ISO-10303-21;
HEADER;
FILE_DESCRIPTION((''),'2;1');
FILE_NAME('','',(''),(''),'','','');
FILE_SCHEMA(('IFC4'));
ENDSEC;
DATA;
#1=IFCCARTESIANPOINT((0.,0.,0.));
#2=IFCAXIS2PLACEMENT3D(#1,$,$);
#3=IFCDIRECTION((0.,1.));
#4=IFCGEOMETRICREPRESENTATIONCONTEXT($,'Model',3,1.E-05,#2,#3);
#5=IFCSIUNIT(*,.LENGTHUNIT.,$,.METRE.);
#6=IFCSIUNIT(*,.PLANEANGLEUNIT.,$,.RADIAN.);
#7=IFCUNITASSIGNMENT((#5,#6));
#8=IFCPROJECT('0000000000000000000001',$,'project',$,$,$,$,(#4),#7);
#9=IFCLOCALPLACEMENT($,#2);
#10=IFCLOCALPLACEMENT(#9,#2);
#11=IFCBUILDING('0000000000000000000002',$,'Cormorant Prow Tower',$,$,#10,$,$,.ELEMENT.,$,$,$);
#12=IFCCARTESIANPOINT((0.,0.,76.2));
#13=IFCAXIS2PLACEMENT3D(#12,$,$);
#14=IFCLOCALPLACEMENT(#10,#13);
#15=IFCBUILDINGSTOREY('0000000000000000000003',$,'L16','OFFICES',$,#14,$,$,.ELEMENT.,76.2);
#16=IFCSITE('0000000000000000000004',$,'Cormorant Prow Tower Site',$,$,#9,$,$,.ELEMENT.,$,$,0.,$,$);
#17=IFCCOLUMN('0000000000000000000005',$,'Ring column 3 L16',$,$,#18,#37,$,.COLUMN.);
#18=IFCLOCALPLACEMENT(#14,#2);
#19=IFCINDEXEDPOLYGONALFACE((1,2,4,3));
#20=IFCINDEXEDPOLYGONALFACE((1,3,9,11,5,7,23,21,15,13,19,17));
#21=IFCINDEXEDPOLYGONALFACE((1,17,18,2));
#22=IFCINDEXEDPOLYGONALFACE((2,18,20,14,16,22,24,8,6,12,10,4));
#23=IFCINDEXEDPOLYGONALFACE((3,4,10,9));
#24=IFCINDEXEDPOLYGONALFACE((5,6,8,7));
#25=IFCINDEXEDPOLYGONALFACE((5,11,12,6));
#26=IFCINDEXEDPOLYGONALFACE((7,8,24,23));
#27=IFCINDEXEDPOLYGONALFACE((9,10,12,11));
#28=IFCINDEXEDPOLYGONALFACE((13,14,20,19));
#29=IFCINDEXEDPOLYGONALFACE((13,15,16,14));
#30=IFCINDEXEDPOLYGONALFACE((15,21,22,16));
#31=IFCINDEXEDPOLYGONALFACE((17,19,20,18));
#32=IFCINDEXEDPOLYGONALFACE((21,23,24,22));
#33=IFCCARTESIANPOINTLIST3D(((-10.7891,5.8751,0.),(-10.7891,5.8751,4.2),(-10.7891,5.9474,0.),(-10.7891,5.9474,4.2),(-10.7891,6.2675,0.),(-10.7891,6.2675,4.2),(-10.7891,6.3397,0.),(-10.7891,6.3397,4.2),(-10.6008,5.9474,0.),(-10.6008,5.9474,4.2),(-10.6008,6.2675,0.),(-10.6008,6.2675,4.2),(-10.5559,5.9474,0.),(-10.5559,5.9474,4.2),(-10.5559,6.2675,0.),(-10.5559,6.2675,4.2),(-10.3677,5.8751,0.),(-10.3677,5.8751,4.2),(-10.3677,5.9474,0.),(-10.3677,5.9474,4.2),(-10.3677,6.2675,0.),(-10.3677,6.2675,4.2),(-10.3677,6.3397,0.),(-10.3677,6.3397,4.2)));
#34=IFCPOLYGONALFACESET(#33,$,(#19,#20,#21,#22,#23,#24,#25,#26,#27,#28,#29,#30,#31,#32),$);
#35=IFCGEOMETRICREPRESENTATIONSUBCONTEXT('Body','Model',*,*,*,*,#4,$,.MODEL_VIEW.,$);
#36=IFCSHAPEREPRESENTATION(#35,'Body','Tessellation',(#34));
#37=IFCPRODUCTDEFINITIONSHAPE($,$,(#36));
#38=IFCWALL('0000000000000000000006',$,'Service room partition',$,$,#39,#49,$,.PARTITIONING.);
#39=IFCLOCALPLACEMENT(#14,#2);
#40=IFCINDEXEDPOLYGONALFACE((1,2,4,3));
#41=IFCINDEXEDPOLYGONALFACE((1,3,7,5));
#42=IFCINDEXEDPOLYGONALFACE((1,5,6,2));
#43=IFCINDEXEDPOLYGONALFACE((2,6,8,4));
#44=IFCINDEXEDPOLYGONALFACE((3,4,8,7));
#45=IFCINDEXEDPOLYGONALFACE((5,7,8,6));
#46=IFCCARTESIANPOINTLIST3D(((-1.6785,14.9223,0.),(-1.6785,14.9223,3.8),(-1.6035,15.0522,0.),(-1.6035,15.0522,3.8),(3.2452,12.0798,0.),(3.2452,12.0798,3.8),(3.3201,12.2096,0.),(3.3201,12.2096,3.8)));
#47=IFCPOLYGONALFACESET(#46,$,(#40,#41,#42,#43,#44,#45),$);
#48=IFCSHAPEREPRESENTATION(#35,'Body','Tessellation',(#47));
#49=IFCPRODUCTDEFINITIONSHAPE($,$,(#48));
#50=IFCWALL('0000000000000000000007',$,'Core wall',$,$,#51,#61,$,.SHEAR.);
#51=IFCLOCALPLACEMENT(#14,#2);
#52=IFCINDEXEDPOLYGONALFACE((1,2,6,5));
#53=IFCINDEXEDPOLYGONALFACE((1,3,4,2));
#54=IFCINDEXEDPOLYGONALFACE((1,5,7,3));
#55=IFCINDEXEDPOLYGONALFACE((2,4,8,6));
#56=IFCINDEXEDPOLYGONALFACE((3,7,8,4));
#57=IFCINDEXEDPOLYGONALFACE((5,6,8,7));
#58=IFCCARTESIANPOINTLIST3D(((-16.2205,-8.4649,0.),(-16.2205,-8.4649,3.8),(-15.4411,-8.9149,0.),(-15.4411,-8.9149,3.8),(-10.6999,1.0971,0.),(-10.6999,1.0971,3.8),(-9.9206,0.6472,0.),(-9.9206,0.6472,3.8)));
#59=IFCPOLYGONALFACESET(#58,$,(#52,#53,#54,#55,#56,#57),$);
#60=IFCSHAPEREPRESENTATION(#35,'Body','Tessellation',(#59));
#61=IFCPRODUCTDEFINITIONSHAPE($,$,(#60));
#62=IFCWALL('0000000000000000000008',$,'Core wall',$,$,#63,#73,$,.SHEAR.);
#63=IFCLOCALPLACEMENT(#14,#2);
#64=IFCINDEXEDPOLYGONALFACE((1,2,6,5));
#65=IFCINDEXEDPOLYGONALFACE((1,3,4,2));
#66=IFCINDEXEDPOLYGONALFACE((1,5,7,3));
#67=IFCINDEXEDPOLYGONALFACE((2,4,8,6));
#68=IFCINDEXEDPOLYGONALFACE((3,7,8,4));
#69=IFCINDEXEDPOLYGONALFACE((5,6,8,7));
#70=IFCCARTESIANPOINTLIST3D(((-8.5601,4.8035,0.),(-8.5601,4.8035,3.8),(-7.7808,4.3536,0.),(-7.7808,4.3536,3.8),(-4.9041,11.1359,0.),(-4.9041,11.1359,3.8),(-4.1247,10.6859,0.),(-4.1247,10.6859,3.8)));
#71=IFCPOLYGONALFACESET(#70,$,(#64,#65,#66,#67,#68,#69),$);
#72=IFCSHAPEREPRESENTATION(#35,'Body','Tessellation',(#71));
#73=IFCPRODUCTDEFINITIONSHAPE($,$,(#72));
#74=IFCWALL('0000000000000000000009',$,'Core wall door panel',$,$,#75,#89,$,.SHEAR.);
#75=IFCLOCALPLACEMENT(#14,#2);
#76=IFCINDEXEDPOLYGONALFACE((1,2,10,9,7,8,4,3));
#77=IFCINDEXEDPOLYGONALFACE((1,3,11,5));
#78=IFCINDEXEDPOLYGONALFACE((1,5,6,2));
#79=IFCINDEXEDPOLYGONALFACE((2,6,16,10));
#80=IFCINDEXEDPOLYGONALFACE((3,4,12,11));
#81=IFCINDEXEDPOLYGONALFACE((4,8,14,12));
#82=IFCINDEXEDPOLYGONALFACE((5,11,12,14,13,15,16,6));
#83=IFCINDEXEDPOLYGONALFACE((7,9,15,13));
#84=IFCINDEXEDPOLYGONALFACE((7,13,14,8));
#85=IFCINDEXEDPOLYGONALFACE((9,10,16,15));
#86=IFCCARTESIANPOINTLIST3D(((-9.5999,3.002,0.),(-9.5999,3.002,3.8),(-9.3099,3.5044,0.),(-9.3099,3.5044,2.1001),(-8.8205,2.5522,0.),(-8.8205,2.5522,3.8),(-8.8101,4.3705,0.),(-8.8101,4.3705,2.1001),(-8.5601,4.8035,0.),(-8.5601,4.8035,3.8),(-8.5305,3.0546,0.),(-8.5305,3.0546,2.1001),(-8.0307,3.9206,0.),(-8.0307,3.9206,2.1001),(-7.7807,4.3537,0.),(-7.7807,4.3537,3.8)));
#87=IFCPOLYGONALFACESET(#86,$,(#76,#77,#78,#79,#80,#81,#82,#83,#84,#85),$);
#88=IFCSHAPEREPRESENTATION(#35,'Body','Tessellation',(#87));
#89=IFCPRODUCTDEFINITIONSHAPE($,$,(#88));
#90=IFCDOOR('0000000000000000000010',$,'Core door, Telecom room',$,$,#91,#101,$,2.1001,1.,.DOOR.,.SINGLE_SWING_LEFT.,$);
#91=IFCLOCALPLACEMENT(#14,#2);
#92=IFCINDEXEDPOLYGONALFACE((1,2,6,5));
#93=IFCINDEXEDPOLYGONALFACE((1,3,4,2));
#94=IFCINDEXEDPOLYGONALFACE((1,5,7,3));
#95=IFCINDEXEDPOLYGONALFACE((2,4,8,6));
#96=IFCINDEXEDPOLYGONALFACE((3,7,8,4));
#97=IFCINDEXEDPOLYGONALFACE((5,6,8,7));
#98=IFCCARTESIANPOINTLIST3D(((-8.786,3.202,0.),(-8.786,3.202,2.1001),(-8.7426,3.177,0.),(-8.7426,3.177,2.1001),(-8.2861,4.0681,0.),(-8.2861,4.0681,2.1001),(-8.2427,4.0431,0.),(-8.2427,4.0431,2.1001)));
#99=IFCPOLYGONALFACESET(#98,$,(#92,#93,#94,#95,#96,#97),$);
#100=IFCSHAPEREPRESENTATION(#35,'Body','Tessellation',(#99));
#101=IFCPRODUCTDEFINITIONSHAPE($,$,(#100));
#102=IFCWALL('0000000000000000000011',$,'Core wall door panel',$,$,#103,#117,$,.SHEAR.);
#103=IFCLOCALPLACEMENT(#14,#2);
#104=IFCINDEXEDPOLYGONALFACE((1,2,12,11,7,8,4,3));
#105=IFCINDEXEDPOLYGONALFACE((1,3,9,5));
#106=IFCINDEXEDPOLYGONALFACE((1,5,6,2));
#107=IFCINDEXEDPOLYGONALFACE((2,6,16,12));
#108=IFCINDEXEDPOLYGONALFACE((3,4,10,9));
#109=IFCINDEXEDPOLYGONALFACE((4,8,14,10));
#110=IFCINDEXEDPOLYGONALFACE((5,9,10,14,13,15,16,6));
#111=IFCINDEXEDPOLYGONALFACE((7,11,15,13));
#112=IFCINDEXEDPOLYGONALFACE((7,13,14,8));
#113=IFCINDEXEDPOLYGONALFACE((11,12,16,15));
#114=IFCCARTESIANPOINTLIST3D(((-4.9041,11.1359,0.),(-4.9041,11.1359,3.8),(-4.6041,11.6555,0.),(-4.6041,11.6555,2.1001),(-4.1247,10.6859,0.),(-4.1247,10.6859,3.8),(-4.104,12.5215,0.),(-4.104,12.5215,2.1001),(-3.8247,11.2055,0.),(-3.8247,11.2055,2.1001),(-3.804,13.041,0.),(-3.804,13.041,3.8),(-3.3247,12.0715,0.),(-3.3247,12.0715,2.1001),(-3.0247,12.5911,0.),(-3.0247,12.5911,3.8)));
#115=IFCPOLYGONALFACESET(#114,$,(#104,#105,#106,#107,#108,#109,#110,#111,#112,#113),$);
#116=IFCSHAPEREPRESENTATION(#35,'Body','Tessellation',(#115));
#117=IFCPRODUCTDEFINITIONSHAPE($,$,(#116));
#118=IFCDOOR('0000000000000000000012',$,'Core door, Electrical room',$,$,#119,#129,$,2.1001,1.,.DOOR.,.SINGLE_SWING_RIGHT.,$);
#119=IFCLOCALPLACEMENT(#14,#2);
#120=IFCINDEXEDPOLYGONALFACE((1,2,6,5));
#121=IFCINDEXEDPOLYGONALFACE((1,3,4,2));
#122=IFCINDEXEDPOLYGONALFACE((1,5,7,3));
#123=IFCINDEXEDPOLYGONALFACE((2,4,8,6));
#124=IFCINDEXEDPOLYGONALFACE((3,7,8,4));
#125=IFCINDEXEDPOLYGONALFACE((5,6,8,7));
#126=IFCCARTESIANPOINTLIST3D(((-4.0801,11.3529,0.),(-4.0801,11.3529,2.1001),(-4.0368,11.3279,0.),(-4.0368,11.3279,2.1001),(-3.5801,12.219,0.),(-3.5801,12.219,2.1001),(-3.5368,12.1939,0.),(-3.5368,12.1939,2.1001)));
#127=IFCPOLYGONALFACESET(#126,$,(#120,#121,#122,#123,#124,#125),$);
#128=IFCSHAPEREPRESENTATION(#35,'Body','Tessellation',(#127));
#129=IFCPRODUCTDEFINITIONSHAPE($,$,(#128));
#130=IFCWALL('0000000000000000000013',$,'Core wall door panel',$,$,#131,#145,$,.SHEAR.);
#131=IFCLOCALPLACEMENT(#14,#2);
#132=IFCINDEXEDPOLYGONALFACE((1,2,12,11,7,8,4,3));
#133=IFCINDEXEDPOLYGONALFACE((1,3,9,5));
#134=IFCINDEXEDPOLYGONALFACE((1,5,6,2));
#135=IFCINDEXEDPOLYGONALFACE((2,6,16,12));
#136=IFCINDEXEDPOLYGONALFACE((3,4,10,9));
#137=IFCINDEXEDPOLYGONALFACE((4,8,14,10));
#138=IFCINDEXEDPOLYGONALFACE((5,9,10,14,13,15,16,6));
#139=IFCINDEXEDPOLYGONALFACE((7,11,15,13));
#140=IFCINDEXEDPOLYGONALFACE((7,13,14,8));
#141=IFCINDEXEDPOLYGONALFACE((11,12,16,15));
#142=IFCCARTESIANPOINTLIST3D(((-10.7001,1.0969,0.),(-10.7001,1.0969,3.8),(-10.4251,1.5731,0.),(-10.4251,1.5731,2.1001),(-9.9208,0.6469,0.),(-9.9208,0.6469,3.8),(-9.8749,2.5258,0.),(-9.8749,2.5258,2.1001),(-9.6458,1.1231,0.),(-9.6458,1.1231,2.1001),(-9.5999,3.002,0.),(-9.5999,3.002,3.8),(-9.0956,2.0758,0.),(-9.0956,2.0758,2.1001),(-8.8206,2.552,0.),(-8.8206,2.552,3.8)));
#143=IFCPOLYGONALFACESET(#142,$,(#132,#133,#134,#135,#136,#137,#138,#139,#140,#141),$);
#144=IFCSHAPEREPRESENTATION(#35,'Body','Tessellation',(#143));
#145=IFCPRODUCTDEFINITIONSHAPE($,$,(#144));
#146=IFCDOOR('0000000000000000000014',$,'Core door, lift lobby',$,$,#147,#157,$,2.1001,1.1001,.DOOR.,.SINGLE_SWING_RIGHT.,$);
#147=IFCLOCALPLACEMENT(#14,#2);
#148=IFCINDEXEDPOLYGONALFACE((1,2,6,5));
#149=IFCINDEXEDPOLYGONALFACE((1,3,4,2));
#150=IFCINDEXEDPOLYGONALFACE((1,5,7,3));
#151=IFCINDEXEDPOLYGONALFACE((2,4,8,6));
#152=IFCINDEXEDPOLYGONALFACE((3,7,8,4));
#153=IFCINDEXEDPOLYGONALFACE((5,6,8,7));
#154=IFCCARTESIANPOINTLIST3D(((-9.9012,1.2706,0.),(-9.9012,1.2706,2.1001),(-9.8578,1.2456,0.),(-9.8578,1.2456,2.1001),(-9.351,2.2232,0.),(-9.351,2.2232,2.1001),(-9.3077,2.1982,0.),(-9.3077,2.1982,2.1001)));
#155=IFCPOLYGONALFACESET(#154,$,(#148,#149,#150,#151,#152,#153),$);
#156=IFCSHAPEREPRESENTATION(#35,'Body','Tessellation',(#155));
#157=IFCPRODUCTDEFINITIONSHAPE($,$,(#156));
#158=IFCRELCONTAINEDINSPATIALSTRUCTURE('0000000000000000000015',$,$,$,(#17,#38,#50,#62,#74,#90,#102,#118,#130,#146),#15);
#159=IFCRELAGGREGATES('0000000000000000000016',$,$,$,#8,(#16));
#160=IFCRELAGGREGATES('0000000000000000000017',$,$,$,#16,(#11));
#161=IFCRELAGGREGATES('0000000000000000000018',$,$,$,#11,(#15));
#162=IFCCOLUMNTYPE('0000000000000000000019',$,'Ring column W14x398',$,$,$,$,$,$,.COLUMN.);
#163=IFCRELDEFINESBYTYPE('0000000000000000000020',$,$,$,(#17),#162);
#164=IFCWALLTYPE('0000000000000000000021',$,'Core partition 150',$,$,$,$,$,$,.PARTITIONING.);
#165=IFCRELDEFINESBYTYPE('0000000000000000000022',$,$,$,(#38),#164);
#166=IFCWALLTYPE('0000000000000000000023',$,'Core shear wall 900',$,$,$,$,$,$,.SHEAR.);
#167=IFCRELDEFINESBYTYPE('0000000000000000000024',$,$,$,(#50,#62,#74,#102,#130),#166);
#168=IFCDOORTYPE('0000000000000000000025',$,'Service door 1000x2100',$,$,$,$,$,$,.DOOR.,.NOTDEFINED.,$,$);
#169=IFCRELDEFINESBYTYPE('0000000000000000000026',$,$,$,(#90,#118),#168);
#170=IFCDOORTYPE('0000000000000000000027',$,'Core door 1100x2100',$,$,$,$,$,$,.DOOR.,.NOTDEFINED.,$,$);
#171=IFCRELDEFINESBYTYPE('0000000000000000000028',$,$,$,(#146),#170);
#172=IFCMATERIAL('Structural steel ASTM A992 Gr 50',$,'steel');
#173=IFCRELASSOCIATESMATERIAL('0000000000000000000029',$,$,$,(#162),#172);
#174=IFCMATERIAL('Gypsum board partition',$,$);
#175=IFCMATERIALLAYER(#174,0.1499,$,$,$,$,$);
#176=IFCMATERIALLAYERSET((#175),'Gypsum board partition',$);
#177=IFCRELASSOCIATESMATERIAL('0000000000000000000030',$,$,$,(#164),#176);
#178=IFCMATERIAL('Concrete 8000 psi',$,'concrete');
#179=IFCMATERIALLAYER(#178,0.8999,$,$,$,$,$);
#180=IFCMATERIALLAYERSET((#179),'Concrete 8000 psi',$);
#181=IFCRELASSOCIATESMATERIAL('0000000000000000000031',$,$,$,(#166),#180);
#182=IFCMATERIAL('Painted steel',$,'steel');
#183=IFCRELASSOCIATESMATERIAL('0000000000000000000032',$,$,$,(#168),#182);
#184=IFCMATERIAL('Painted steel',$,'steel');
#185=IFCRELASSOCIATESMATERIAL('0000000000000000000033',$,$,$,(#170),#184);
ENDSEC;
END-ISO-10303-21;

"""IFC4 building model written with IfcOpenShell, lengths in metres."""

from ifc_helpers import new_model, si_unit, direction, frame, frame_2d, origin, origin_2d, place, context, subcontext, project, spatial, rectangle, i_section, extrude, material, layer, layer_set, material_profile, profile_set, type_object, element, fill, save


model = new_model("IFC4")

# Units and contexts
model_context = context("Model", 3, precision=1e-05, world=origin(), true_north=direction((0.0, 1.0)))
body_context = subcontext(model_context, "Body", "Model", "MODEL_VIEW")
ifc_project = project(units=[si_unit("LENGTHUNIT", "METRE"), si_unit("PLANEANGLEUNIT", "RADIAN")], contexts=[model_context])

# Site, building, storey
site_placement = place(None, origin())
site = spatial("IfcSite", under=ifc_project, at=site_placement, Name="Cormorant Prow Tower Site", CompositionType="ELEMENT", RefElevation=0.0)
building_placement = place(site_placement, origin())
building = spatial("IfcBuilding", under=site, at=building_placement, Name="Cormorant Prow Tower", CompositionType="ELEMENT")
storey_placement = place(building_placement, frame((0.0, 0.0, 76.2)))
storey = spatial("IfcBuildingStorey", under=building, at=storey_placement, Name="L16", Description="OFFICES", CompositionType="ELEMENT", Elevation=76.2)

# Column
ifc_material_1 = material(Name="Structural steel ASTM A992 Gr 50", Category="steel")
ifc_material_profile = material_profile(ifc_material_1, i_section(OverallWidth=0.4214, OverallDepth=0.4646, WebThickness=0.0449, FlangeThickness=0.0723, at=origin_2d()), Name="W14x398")
ifc_profile_set = profile_set([ifc_material_profile], Name="Structural steel ASTM A992 Gr 50")
column_type = type_object("IfcColumnType", Name="Ring column W14x398", PredefinedType="COLUMN", material=ifc_profile_set)
column_placement = place(storey_placement, frame((-10.5784, 6.1074, 0.0), z_axis=(0.0, 0.0, 1.0), x_axis=(1.0, 0.0, 0.0)))
element("IfcColumn", 1, at=column_placement, inside=storey, type_object=column_type, Name="Ring column 3 L16", PredefinedType="COLUMN", context=body_context, shape_type="SweptSolid", body=[
    extrude(i_section(OverallWidth=0.4214, OverallDepth=0.4646, WebThickness=0.0449, FlangeThickness=0.0723, at=origin_2d()), origin(), (0.0, 0.0, 1.0), 4.2),
])

# Walls
ifc_material_2 = material(Name="Gypsum board partition")
ifc_layer_1 = layer(ifc_material_2, 0.1499)
ifc_layer_set_1 = layer_set([ifc_layer_1], Name="Gypsum board partition")
wall_type_1 = type_object("IfcWallType", Name="Core partition 150", PredefinedType="PARTITIONING", material=ifc_layer_set_1)
wall_1_placement = place(storey_placement, frame((-1.6411, 14.9873, 0.0), z_axis=(0.0, 0.0, 1.0), x_axis=(0.866033, -0.499986, 0.0)))
element("IfcWall", 2, at=wall_1_placement, inside=storey, type_object=wall_type_1, Name="Service room partition", PredefinedType="PARTITIONING", context=body_context, shape_type="SweptSolid", body=[
    extrude(rectangle(XDim=5.6853, YDim=0.1499, at=frame_2d((2.8428, 0.0))), origin(), (0.0, 0.0, 1.0), 3.8),
])
ifc_material_3 = material(Name="Concrete 8000 psi", Category="concrete")
ifc_layer_2 = layer(ifc_material_3, 0.8999)
ifc_layer_set_2 = layer_set([ifc_layer_2], Name="Concrete 8000 psi")
wall_type_2 = type_object("IfcWallType", Name="Core shear wall 900", PredefinedType="SHEAR", material=ifc_layer_set_2)
wall_2_placement = place(storey_placement, frame((-10.3103, 0.8721, 0.0), z_axis=(0.0, 0.0, 1.0), x_axis=(-0.499992, -0.86603, 0.0)))
element("IfcWall", 3, at=wall_2_placement, inside=storey, type_object=wall_type_2, Name="Core wall", PredefinedType="SHEAR", context=body_context, shape_type="SweptSolid", body=[
    extrude(rectangle(XDim=11.0413, YDim=0.8999, at=frame_2d((5.5205, 0.0))), origin(), (0.0, 0.0, 1.0), 3.8),
])
wall_3_placement = place(storey_placement, frame((-4.5144, 10.9109, 0.0), z_axis=(0.0, 0.0, 1.0), x_axis=(-0.500007, -0.866022, 0.0)))
element("IfcWall", 4, at=wall_3_placement, inside=storey, type_object=wall_type_2, Name="Core wall", PredefinedType="SHEAR", context=body_context, shape_type="SweptSolid", body=[
    extrude(rectangle(XDim=7.312, YDim=0.8999, at=frame_2d((3.656, 0.0))), origin(), (0.0, 0.0, 1.0), 3.8),
])

# Walls, openings, doors
wall_4_placement = place(storey_placement, frame((-8.1704, 4.5786, 0.0), z_axis=(0.0, 0.0, 1.0), x_axis=(-0.499888, -0.86609, 0.0)))
wall_4 = element("IfcWall", 5, at=wall_4_placement, inside=storey, type_object=wall_type_2, Name="Core wall door panel", PredefinedType="SHEAR", context=body_context, shape_type="SweptSolid", body=[
    extrude(rectangle(XDim=2.0801, YDim=0.8999, at=frame_2d((1.04, 0.0))), origin(), (0.0, 0.0, 1.0), 3.8),
])
opening_1_placement = place(wall_4_placement, frame((0.5, 0.0, 0.0)))
opening_1 = element("IfcOpeningElement", 6, at=opening_1_placement, cuts=wall_4, PredefinedType="OPENING", context=body_context, shape_type="SweptSolid", body=[
    extrude(rectangle(XDim=1.0, YDim=2.1001, at=frame_2d((0.5, 1.05))), frame((0.0, 0.46, 0.0), z_axis=(0.0, -1.0, 0.0), x_axis=(1.0, 0.0, 0.0)), (0.0, 0.0, 1.0), 0.9199),
])
ifc_material_4 = material(Name="Painted steel", Category="steel")
door_type_1 = type_object("IfcDoorType", Name="Service door 1000x2100", OperationType="NOTDEFINED", PredefinedType="DOOR", material=ifc_material_4)
door_1_placement = place(opening_1_placement, origin())
door_1 = element("IfcDoor", 7, at=door_1_placement, inside=storey, type_object=door_type_1, Name="Core door, Telecom room", OperationType="SINGLE_SWING_LEFT", OverallHeight=2.1001, OverallWidth=1.0, PredefinedType="DOOR", context=body_context, shape_type="SweptSolid", body=[
    extrude(rectangle(XDim=1.0, YDim=2.1001, at=frame_2d((0.5, 1.05))), frame((0.0, 0.2051, 0.0), z_axis=(0.0, -1.0, 0.0), x_axis=(1.0, 0.0, 0.0)), (0.0, 0.0, 1.0), 0.05),
])
fill(opening_1, door_1)
wall_5_placement = place(storey_placement, frame((-3.4143, 12.8162, 0.0), z_axis=(0.0, 0.0, 1.0), x_axis=(-0.50003, -0.866008, 0.0)))
wall_5 = element("IfcWall", 8, at=wall_5_placement, inside=storey, type_object=wall_type_2, Name="Core wall door panel", PredefinedType="SHEAR", context=body_context, shape_type="SweptSolid", body=[
    extrude(rectangle(XDim=2.2, YDim=0.8999, at=frame_2d((1.1001, 0.0))), origin(), (0.0, 0.0, 1.0), 3.8),
])
opening_2_placement = place(wall_5_placement, frame((0.6001, 0.0, 0.0)))
opening_2 = element("IfcOpeningElement", 9, at=opening_2_placement, cuts=wall_5, PredefinedType="OPENING", context=body_context, shape_type="SweptSolid", body=[
    extrude(rectangle(XDim=1.0, YDim=2.1001, at=frame_2d((0.5, 1.05))), frame((0.0, 0.46, 0.0), z_axis=(0.0, -1.0, 0.0), x_axis=(1.0, 0.0, 0.0)), (0.0, 0.0, 1.0), 0.9199),
])
door_2_placement = place(opening_2_placement, origin())
door_2 = element("IfcDoor", 10, at=door_2_placement, inside=storey, type_object=door_type_1, Name="Core door, Electrical room", OperationType="SINGLE_SWING_RIGHT", OverallHeight=2.1001, OverallWidth=1.0, PredefinedType="DOOR", context=body_context, shape_type="SweptSolid", body=[
    extrude(rectangle(XDim=1.0, YDim=2.1001, at=frame_2d((0.5, 1.05))), frame((0.0, 0.2051, 0.0), z_axis=(0.0, -1.0, 0.0), x_axis=(1.0, 0.0, 0.0)), (0.0, 0.0, 1.0), 0.05),
])
fill(opening_2, door_2)
wall_6_placement = place(storey_placement, frame((-9.2102, 2.7771, 0.0), z_axis=(0.0, 0.0, 1.0), x_axis=(-0.500078, -0.86598, 0.0)))
wall_6 = element("IfcWall", 11, at=wall_6_placement, inside=storey, type_object=wall_type_2, Name="Core wall door panel", PredefinedType="SHEAR", context=body_context, shape_type="SweptSolid", body=[
    extrude(rectangle(XDim=2.2, YDim=0.8999, at=frame_2d((1.1001, 0.0))), origin(), (0.0, 0.0, 1.0), 3.8),
])
opening_3_placement = place(wall_6_placement, frame((0.55, 0.0, 0.0)))
opening_3 = element("IfcOpeningElement", 12, at=opening_3_placement, cuts=wall_6, PredefinedType="OPENING", context=body_context, shape_type="SweptSolid", body=[
    extrude(rectangle(XDim=1.1001, YDim=2.1001, at=frame_2d((0.55, 1.05))), frame((0.0, 0.46, 0.0), z_axis=(0.0, -1.0, 0.0), x_axis=(1.0, 0.0, 0.0)), (0.0, 0.0, 1.0), 0.9199),
])
ifc_material_5 = material(Name="Painted steel", Category="steel")
door_type_2 = type_object("IfcDoorType", Name="Core door 1100x2100", OperationType="NOTDEFINED", PredefinedType="DOOR", material=ifc_material_5)
door_3_placement = place(opening_3_placement, origin())
door_3 = element("IfcDoor", 13, at=door_3_placement, inside=storey, type_object=door_type_2, Name="Core door, lift lobby", OperationType="SINGLE_SWING_RIGHT", OverallHeight=2.1001, OverallWidth=1.1001, PredefinedType="DOOR", context=body_context, shape_type="SweptSolid", body=[
    extrude(rectangle(XDim=1.1001, YDim=2.1001, at=frame_2d((0.55, 1.05))), frame((0.0, 0.2051, 0.0), z_axis=(0.0, -1.0, 0.0), x_axis=(1.0, 0.0, 0.0)), (0.0, 0.0, 1.0), 0.05),
])
fill(opening_3, door_3)

save(model, "model.ifc")
